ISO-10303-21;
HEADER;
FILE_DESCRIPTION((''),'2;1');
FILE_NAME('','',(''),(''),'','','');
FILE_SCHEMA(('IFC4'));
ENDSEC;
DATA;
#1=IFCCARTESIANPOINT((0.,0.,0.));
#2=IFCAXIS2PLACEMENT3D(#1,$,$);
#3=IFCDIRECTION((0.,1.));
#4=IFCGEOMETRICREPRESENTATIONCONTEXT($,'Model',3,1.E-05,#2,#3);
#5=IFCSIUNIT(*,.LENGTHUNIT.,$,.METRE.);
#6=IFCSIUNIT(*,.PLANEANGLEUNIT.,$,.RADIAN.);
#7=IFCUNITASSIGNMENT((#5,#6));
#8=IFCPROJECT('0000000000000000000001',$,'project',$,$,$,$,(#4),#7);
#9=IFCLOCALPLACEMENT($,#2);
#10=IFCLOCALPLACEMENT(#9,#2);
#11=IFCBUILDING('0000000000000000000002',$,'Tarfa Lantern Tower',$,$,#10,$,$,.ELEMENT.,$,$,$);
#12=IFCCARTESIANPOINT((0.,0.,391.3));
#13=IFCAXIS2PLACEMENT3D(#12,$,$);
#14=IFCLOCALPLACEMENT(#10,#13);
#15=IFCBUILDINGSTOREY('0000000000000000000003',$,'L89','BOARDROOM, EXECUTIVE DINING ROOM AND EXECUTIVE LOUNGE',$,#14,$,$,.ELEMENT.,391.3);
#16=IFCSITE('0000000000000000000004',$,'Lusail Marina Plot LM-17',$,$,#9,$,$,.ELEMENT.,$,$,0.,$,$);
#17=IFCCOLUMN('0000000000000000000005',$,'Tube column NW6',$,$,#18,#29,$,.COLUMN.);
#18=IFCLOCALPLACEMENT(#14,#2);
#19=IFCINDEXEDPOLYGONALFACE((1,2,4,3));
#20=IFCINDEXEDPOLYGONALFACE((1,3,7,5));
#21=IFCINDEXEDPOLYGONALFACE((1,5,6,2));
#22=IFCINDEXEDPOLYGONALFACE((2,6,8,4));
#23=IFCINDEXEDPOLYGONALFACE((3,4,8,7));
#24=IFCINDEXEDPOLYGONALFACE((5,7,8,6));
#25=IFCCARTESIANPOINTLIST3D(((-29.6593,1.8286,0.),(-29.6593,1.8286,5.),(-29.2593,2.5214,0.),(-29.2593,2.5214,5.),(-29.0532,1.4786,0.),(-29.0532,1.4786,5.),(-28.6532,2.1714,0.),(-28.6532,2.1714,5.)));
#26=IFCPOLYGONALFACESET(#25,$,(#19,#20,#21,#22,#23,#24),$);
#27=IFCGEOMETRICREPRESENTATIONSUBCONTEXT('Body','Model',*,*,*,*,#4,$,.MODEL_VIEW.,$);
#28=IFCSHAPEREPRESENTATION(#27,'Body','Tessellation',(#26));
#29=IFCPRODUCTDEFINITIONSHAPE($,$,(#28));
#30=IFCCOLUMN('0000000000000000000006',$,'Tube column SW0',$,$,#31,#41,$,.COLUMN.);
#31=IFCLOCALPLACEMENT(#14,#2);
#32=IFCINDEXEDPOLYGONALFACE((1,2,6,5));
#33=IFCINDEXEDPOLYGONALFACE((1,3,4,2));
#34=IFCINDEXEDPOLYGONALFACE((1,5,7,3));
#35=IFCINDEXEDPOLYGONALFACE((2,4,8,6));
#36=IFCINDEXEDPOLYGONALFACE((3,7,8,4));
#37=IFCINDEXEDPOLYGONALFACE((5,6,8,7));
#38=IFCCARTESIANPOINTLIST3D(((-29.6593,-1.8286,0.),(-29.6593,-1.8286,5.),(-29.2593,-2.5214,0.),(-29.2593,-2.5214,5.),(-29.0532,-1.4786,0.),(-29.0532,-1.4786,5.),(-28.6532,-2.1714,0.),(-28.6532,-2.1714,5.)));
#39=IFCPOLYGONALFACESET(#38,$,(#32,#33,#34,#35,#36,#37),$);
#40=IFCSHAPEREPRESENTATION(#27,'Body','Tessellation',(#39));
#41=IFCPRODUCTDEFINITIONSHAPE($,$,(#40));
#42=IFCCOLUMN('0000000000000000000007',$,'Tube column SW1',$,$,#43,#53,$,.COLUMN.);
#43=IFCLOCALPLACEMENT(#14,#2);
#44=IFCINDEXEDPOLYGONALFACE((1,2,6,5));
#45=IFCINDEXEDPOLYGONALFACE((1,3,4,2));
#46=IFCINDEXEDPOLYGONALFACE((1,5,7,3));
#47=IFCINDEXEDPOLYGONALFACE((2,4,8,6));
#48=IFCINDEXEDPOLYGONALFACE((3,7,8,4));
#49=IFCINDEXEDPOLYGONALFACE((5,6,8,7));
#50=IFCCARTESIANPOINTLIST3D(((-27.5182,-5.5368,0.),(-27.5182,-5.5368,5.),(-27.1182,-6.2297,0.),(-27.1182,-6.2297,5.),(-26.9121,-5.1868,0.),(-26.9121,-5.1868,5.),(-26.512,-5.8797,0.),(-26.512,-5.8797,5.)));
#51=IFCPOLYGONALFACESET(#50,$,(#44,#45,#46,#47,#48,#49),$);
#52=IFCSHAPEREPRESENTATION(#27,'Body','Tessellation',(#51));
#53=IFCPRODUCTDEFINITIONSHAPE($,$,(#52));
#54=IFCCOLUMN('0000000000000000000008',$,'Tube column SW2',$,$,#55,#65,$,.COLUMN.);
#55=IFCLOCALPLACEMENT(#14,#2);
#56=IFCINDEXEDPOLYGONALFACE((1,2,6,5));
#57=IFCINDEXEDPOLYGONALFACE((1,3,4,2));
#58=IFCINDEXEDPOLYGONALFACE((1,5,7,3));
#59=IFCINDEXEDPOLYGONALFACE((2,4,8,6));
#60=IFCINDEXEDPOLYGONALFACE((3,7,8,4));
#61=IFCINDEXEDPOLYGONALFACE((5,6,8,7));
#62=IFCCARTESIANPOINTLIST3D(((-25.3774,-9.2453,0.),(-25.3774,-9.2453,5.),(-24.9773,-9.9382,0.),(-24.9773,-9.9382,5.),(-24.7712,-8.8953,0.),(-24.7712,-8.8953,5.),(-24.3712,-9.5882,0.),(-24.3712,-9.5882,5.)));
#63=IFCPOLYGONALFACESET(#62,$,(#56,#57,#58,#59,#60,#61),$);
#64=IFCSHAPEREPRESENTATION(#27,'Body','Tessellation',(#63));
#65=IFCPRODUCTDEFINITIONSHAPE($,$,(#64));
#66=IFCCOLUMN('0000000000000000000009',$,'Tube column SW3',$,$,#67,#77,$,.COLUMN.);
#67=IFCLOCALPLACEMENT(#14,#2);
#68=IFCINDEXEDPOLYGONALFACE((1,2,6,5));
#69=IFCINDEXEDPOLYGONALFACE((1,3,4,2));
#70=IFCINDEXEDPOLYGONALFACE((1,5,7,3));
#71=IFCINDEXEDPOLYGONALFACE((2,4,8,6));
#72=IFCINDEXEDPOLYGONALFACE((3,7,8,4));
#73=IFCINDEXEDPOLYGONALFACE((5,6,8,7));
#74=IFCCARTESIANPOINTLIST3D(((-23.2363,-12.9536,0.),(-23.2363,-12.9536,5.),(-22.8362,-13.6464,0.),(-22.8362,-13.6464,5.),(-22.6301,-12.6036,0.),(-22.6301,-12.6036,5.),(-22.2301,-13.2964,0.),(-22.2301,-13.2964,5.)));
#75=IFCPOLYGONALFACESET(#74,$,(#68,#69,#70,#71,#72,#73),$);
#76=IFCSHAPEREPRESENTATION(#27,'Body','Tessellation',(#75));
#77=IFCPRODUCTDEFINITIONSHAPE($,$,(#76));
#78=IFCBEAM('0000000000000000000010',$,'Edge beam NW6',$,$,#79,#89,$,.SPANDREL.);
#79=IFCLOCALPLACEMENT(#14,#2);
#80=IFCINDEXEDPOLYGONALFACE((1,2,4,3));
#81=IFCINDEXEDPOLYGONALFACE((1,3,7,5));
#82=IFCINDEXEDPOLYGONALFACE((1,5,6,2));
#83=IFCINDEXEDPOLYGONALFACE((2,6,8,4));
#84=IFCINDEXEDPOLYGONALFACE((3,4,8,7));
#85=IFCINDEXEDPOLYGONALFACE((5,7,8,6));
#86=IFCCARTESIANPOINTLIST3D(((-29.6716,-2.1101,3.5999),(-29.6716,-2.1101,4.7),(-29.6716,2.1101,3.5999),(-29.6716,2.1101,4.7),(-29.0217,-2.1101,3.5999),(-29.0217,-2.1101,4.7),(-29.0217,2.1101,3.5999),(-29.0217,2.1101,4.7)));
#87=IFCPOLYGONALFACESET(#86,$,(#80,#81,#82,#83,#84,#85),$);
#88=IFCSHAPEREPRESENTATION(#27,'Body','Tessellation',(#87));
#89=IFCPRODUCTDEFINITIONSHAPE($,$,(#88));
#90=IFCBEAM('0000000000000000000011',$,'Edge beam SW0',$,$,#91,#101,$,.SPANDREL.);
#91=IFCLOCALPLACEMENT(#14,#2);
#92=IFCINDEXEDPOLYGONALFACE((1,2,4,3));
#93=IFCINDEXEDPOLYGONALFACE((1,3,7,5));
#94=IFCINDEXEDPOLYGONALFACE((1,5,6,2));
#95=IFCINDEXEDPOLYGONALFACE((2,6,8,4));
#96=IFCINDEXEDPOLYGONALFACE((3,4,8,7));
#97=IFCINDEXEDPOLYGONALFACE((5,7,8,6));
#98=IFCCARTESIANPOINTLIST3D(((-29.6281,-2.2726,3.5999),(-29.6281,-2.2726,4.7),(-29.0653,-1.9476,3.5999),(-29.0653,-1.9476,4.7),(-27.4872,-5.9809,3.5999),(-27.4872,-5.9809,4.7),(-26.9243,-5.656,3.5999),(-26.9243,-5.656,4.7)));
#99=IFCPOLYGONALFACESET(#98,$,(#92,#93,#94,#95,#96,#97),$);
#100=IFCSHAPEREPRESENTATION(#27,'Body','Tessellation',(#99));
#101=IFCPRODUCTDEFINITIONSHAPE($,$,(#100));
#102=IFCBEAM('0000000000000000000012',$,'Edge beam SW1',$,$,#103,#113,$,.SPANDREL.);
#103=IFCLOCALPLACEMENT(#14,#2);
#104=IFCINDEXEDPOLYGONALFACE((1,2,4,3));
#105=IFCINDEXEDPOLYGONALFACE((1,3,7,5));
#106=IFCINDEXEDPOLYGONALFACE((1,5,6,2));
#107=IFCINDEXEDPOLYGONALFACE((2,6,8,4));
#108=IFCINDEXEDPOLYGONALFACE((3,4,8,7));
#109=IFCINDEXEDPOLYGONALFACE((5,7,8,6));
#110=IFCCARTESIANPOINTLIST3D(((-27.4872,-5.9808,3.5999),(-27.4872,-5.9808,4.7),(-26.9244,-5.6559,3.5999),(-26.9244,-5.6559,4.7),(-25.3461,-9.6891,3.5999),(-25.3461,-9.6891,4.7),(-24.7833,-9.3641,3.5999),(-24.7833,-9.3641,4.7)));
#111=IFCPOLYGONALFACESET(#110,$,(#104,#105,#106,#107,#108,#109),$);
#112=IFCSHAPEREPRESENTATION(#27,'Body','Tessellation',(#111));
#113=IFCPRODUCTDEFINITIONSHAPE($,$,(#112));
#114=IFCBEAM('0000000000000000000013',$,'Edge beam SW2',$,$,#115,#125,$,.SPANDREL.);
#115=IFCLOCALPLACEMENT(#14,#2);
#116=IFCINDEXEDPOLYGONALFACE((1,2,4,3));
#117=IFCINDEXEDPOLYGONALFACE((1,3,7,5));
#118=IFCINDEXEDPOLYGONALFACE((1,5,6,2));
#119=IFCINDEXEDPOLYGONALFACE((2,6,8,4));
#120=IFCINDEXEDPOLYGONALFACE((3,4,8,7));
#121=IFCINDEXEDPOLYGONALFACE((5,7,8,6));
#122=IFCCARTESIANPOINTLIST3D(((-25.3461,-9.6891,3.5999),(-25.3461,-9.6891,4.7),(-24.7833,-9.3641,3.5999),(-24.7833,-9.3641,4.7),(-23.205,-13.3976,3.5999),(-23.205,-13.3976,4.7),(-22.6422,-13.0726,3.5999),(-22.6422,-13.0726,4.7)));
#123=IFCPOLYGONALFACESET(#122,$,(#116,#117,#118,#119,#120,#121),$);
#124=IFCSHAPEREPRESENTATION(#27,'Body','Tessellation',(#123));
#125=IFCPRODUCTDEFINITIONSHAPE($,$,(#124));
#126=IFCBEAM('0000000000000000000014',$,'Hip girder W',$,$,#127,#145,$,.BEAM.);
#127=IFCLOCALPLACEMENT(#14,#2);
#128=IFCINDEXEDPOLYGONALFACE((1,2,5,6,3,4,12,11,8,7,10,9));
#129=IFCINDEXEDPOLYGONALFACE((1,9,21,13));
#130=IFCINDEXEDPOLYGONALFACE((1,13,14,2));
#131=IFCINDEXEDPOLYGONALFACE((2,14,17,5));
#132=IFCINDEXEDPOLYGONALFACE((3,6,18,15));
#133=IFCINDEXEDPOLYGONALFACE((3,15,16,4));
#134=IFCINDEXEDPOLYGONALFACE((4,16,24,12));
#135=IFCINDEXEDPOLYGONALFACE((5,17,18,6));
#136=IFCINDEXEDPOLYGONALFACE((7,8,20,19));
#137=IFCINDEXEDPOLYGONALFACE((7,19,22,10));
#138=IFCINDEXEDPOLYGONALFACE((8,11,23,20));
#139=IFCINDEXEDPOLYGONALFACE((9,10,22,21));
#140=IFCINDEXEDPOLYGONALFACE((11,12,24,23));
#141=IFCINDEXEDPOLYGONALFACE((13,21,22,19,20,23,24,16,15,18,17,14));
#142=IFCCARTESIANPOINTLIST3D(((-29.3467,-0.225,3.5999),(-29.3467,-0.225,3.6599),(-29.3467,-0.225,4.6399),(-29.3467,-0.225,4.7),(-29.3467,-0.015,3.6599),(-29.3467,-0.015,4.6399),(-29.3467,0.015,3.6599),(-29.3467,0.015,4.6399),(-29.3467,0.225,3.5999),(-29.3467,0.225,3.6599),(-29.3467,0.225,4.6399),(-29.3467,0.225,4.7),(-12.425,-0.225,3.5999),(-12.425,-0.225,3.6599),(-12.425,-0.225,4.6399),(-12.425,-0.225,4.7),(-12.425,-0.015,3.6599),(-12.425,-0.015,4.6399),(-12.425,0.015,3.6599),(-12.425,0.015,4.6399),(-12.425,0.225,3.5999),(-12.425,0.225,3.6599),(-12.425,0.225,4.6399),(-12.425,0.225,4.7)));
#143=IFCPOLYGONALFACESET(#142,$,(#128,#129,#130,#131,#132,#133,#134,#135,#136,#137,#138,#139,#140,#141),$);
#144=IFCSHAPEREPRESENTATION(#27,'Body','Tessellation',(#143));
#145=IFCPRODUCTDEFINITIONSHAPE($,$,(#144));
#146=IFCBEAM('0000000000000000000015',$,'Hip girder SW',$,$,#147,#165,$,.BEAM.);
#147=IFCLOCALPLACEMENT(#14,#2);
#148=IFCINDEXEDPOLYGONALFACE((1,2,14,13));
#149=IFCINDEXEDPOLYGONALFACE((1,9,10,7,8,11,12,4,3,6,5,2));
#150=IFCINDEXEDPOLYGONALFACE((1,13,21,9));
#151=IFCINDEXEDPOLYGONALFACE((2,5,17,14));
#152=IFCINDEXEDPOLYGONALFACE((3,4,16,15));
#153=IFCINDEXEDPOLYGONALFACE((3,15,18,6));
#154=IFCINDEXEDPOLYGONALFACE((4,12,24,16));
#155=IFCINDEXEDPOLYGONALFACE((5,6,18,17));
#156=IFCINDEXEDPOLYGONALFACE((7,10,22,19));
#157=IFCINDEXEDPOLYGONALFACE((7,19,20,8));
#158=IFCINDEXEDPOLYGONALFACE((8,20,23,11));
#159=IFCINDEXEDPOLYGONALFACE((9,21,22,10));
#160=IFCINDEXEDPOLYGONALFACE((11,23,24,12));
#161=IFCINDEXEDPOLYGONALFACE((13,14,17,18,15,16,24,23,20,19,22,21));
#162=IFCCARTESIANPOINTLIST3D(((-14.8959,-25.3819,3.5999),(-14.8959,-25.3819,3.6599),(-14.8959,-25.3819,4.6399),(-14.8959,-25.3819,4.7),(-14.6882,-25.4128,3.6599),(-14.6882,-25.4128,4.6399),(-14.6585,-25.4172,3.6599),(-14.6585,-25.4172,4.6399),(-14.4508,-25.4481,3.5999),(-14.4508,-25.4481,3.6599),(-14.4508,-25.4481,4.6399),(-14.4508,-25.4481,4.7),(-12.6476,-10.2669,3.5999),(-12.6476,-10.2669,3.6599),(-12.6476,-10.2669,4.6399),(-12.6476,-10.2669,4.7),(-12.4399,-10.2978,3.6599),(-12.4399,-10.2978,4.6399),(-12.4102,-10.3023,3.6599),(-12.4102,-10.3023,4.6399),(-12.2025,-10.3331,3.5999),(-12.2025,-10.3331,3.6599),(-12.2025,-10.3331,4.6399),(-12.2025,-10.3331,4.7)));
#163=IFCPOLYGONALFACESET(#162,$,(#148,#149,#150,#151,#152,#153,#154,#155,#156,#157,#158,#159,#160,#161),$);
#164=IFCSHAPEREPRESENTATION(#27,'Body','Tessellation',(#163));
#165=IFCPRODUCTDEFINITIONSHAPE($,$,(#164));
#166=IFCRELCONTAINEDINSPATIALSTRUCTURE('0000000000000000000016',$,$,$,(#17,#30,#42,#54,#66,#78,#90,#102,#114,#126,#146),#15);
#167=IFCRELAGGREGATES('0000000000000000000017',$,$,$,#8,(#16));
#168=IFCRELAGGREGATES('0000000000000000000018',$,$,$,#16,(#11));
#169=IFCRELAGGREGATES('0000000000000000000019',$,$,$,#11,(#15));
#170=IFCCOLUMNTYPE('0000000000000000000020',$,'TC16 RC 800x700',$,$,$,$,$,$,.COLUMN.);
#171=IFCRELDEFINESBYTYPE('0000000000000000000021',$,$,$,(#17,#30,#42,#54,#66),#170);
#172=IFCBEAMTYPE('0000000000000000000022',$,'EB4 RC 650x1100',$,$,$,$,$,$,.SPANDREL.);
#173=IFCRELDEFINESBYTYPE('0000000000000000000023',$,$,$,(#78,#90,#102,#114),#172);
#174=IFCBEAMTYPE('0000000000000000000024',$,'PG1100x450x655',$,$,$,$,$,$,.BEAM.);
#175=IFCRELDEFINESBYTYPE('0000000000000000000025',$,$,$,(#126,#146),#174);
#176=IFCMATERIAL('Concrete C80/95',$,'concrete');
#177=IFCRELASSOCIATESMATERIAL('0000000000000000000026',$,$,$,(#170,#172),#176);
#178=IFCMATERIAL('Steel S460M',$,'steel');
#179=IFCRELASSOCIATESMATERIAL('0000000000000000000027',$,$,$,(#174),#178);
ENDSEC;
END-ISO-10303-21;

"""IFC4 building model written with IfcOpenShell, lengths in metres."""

from ifc_helpers import new_model, si_unit, direction, frame, origin, origin_2d, place, context, subcontext, project, spatial, rectangle, i_section, extrude, material, material_profile, profile_set, type_object, element, save


model = new_model("IFC4")

# Units and contexts
model_context = context("Model", 3, precision=1e-05, world=origin(), true_north=direction((0.0, 1.0)))
body_context = subcontext(model_context, "Body", "Model", "MODEL_VIEW")
ifc_project = project(units=[si_unit("LENGTHUNIT", "METRE"), si_unit("PLANEANGLEUNIT", "RADIAN")], contexts=[model_context])

# Site, building, storey
site_placement = place(None, origin())
site = spatial("IfcSite", under=ifc_project, at=site_placement, Name="Lusail Marina Plot LM-17", CompositionType="ELEMENT", RefElevation=0.0)
building_placement = place(site_placement, origin())
building = spatial("IfcBuilding", under=site, at=building_placement, Name="Tarfa Lantern Tower", CompositionType="ELEMENT")
storey_placement = place(building_placement, frame((0.0, 0.0, 391.3)))
storey = spatial("IfcBuildingStorey", under=building, at=storey_placement, Name="L89", Description="BOARDROOM, EXECUTIVE DINING ROOM AND EXECUTIVE LOUNGE", CompositionType="ELEMENT", Elevation=391.3)

# Columns
ifc_material_1 = material(Name="Concrete C80/95", Category="concrete")
ifc_material_profile_1 = material_profile(ifc_material_1, rectangle(XDim=0.8, YDim=0.7, at=origin_2d()), Name="RC 800x700")
ifc_profile_set_1 = profile_set([ifc_material_profile_1], Name="Concrete C80/95")
column_type = type_object("IfcColumnType", Name="TC16 RC 800x700", PredefinedType="COLUMN", material=ifc_profile_set_1)
for number, where, z_axis, x_axis, name in (
    (1, (-29.1562, 2.0, 0.0), (0.0, 0.0, 1.0), (-0.5, -0.866025, 0.0), "Tube column NW6"),
    (2, (-29.1562, -2.0, 0.0), (0.0, 0.0, 1.0), (0.5, -0.866025, 0.0), "Tube column SW0"),
    (3, (-27.0151, -5.7083, 0.0), (0.0, 0.0, 1.0), (0.5, -0.866025, 0.0), "Tube column SW1"),
    (4, (-24.8743, -9.4167, 0.0), (0.0, 0.0, 1.0), (0.5, -0.866025, 0.0), "Tube column SW2"),
    (5, (-22.7332, -13.125, 0.0), (0.0, 0.0, 1.0), (0.5, -0.866025, 0.0), "Tube column SW3"),
):
    element("IfcColumn", number, at=place(storey_placement, frame(where, z_axis=z_axis, x_axis=x_axis)), inside=storey, type_object=column_type, Name=name, PredefinedType="COLUMN", context=body_context, shape_type="SweptSolid", body=[
        extrude(rectangle(XDim=0.8, YDim=0.7, at=origin_2d()), origin(), (0.0, 0.0, 1.0), 5.0),
    ])

# Beams
ifc_material_profile_2 = material_profile(ifc_material_1, rectangle(XDim=0.6499, YDim=1.1001, at=origin_2d()), Name="RC 650x1100")
ifc_profile_set_2 = profile_set([ifc_material_profile_2], Name="Concrete C80/95")
beam_type_1 = type_object("IfcBeamType", Name="EB4 RC 650x1100", PredefinedType="SPANDREL", material=ifc_profile_set_2)
beam_1_placement = place(storey_placement, frame((-29.3467, 2.1101, 4.1499), z_axis=(0.0, -1.0, 0.0), x_axis=(1.0, 0.0, 0.0)))
element("IfcBeam", 6, at=beam_1_placement, inside=storey, type_object=beam_type_1, Name="Edge beam NW6", PredefinedType="SPANDREL", context=body_context, shape_type="SweptSolid", body=[
    extrude(rectangle(XDim=0.6499, YDim=1.1001, at=origin_2d()), origin(), (0.0, 0.0, 1.0), 4.2202),
])
for number, where, z_axis, x_axis, name in (
    (7, (-29.3467, -2.1101, 4.1499), (0.499984, -0.866035, 0.0), (0.866035, 0.499984, 0.0), "Edge beam SW0"),
    (8, (-27.2058, -5.8184, 4.1499), (0.500027, -0.86601, 0.0), (0.86601, 0.500027, 0.0), "Edge beam SW1"),
):
    element("IfcBeam", number, at=place(storey_placement, frame(where, z_axis=z_axis, x_axis=x_axis)), inside=storey, type_object=beam_type_1, Name=name, PredefinedType="SPANDREL", context=body_context, shape_type="SweptSolid", body=[
        extrude(rectangle(XDim=0.6499, YDim=1.1001, at=origin_2d()), origin(), (0.0, 0.0, 1.0), 4.282),
    ])
beam_2_placement = place(storey_placement, frame((-25.0647, -9.5266, 4.1499), z_axis=(0.500002, -0.866024, 0.0), x_axis=(0.866024, 0.500002, 0.0)))
element("IfcBeam", 9, at=beam_2_placement, inside=storey, type_object=beam_type_1, Name="Edge beam SW2", PredefinedType="SPANDREL", context=body_context, shape_type="SweptSolid", body=[
    extrude(rectangle(XDim=0.6499, YDim=1.1001, at=origin_2d()), origin(), (0.0, 0.0, 1.0), 4.2822),
])
ifc_material_2 = material(Name="Steel S460M", Category="steel")
ifc_material_profile_3 = material_profile(ifc_material_2, i_section(OverallWidth=0.45, OverallDepth=1.1001, WebThickness=0.03, FlangeThickness=0.0601, at=origin_2d()), Name="PG1100x450x655")
ifc_profile_set_3 = profile_set([ifc_material_profile_3], Name="Steel S460M")
beam_type_2 = type_object("IfcBeamType", Name="PG1100x450x655", PredefinedType="BEAM", material=ifc_profile_set_3)
beam_3_placement = place(storey_placement, frame((-12.425, 0.0, 4.1499), z_axis=(-1.0, 0.0, 0.0), x_axis=(0.0, -1.0, 0.0)))
element("IfcBeam", 10, at=beam_3_placement, inside=storey, type_object=beam_type_2, Name="Hip girder W", PredefinedType="BEAM", context=body_context, shape_type="SweptSolid", body=[
    extrude(i_section(OverallWidth=0.45, OverallDepth=1.1001, WebThickness=0.03, FlangeThickness=0.0601, at=origin_2d()), origin(), (0.0, 0.0, 1.0), 16.9216),
])
beam_4_placement = place(storey_placement, frame((-12.425, -10.3, 4.1499), z_axis=(-0.147127, -0.989118, 0.0), x_axis=(0.989118, -0.147127, 0.0)))
element("IfcBeam", 11, at=beam_4_placement, inside=storey, type_object=beam_type_2, Name="Hip girder SW", PredefinedType="BEAM", context=body_context, shape_type="SweptSolid", body=[
    extrude(i_section(OverallWidth=0.45, OverallDepth=1.1001, WebThickness=0.03, FlangeThickness=0.0601, at=origin_2d()), origin(), (0.0, 0.0, 1.0), 15.2812),
])

save(model, "model.ifc")
